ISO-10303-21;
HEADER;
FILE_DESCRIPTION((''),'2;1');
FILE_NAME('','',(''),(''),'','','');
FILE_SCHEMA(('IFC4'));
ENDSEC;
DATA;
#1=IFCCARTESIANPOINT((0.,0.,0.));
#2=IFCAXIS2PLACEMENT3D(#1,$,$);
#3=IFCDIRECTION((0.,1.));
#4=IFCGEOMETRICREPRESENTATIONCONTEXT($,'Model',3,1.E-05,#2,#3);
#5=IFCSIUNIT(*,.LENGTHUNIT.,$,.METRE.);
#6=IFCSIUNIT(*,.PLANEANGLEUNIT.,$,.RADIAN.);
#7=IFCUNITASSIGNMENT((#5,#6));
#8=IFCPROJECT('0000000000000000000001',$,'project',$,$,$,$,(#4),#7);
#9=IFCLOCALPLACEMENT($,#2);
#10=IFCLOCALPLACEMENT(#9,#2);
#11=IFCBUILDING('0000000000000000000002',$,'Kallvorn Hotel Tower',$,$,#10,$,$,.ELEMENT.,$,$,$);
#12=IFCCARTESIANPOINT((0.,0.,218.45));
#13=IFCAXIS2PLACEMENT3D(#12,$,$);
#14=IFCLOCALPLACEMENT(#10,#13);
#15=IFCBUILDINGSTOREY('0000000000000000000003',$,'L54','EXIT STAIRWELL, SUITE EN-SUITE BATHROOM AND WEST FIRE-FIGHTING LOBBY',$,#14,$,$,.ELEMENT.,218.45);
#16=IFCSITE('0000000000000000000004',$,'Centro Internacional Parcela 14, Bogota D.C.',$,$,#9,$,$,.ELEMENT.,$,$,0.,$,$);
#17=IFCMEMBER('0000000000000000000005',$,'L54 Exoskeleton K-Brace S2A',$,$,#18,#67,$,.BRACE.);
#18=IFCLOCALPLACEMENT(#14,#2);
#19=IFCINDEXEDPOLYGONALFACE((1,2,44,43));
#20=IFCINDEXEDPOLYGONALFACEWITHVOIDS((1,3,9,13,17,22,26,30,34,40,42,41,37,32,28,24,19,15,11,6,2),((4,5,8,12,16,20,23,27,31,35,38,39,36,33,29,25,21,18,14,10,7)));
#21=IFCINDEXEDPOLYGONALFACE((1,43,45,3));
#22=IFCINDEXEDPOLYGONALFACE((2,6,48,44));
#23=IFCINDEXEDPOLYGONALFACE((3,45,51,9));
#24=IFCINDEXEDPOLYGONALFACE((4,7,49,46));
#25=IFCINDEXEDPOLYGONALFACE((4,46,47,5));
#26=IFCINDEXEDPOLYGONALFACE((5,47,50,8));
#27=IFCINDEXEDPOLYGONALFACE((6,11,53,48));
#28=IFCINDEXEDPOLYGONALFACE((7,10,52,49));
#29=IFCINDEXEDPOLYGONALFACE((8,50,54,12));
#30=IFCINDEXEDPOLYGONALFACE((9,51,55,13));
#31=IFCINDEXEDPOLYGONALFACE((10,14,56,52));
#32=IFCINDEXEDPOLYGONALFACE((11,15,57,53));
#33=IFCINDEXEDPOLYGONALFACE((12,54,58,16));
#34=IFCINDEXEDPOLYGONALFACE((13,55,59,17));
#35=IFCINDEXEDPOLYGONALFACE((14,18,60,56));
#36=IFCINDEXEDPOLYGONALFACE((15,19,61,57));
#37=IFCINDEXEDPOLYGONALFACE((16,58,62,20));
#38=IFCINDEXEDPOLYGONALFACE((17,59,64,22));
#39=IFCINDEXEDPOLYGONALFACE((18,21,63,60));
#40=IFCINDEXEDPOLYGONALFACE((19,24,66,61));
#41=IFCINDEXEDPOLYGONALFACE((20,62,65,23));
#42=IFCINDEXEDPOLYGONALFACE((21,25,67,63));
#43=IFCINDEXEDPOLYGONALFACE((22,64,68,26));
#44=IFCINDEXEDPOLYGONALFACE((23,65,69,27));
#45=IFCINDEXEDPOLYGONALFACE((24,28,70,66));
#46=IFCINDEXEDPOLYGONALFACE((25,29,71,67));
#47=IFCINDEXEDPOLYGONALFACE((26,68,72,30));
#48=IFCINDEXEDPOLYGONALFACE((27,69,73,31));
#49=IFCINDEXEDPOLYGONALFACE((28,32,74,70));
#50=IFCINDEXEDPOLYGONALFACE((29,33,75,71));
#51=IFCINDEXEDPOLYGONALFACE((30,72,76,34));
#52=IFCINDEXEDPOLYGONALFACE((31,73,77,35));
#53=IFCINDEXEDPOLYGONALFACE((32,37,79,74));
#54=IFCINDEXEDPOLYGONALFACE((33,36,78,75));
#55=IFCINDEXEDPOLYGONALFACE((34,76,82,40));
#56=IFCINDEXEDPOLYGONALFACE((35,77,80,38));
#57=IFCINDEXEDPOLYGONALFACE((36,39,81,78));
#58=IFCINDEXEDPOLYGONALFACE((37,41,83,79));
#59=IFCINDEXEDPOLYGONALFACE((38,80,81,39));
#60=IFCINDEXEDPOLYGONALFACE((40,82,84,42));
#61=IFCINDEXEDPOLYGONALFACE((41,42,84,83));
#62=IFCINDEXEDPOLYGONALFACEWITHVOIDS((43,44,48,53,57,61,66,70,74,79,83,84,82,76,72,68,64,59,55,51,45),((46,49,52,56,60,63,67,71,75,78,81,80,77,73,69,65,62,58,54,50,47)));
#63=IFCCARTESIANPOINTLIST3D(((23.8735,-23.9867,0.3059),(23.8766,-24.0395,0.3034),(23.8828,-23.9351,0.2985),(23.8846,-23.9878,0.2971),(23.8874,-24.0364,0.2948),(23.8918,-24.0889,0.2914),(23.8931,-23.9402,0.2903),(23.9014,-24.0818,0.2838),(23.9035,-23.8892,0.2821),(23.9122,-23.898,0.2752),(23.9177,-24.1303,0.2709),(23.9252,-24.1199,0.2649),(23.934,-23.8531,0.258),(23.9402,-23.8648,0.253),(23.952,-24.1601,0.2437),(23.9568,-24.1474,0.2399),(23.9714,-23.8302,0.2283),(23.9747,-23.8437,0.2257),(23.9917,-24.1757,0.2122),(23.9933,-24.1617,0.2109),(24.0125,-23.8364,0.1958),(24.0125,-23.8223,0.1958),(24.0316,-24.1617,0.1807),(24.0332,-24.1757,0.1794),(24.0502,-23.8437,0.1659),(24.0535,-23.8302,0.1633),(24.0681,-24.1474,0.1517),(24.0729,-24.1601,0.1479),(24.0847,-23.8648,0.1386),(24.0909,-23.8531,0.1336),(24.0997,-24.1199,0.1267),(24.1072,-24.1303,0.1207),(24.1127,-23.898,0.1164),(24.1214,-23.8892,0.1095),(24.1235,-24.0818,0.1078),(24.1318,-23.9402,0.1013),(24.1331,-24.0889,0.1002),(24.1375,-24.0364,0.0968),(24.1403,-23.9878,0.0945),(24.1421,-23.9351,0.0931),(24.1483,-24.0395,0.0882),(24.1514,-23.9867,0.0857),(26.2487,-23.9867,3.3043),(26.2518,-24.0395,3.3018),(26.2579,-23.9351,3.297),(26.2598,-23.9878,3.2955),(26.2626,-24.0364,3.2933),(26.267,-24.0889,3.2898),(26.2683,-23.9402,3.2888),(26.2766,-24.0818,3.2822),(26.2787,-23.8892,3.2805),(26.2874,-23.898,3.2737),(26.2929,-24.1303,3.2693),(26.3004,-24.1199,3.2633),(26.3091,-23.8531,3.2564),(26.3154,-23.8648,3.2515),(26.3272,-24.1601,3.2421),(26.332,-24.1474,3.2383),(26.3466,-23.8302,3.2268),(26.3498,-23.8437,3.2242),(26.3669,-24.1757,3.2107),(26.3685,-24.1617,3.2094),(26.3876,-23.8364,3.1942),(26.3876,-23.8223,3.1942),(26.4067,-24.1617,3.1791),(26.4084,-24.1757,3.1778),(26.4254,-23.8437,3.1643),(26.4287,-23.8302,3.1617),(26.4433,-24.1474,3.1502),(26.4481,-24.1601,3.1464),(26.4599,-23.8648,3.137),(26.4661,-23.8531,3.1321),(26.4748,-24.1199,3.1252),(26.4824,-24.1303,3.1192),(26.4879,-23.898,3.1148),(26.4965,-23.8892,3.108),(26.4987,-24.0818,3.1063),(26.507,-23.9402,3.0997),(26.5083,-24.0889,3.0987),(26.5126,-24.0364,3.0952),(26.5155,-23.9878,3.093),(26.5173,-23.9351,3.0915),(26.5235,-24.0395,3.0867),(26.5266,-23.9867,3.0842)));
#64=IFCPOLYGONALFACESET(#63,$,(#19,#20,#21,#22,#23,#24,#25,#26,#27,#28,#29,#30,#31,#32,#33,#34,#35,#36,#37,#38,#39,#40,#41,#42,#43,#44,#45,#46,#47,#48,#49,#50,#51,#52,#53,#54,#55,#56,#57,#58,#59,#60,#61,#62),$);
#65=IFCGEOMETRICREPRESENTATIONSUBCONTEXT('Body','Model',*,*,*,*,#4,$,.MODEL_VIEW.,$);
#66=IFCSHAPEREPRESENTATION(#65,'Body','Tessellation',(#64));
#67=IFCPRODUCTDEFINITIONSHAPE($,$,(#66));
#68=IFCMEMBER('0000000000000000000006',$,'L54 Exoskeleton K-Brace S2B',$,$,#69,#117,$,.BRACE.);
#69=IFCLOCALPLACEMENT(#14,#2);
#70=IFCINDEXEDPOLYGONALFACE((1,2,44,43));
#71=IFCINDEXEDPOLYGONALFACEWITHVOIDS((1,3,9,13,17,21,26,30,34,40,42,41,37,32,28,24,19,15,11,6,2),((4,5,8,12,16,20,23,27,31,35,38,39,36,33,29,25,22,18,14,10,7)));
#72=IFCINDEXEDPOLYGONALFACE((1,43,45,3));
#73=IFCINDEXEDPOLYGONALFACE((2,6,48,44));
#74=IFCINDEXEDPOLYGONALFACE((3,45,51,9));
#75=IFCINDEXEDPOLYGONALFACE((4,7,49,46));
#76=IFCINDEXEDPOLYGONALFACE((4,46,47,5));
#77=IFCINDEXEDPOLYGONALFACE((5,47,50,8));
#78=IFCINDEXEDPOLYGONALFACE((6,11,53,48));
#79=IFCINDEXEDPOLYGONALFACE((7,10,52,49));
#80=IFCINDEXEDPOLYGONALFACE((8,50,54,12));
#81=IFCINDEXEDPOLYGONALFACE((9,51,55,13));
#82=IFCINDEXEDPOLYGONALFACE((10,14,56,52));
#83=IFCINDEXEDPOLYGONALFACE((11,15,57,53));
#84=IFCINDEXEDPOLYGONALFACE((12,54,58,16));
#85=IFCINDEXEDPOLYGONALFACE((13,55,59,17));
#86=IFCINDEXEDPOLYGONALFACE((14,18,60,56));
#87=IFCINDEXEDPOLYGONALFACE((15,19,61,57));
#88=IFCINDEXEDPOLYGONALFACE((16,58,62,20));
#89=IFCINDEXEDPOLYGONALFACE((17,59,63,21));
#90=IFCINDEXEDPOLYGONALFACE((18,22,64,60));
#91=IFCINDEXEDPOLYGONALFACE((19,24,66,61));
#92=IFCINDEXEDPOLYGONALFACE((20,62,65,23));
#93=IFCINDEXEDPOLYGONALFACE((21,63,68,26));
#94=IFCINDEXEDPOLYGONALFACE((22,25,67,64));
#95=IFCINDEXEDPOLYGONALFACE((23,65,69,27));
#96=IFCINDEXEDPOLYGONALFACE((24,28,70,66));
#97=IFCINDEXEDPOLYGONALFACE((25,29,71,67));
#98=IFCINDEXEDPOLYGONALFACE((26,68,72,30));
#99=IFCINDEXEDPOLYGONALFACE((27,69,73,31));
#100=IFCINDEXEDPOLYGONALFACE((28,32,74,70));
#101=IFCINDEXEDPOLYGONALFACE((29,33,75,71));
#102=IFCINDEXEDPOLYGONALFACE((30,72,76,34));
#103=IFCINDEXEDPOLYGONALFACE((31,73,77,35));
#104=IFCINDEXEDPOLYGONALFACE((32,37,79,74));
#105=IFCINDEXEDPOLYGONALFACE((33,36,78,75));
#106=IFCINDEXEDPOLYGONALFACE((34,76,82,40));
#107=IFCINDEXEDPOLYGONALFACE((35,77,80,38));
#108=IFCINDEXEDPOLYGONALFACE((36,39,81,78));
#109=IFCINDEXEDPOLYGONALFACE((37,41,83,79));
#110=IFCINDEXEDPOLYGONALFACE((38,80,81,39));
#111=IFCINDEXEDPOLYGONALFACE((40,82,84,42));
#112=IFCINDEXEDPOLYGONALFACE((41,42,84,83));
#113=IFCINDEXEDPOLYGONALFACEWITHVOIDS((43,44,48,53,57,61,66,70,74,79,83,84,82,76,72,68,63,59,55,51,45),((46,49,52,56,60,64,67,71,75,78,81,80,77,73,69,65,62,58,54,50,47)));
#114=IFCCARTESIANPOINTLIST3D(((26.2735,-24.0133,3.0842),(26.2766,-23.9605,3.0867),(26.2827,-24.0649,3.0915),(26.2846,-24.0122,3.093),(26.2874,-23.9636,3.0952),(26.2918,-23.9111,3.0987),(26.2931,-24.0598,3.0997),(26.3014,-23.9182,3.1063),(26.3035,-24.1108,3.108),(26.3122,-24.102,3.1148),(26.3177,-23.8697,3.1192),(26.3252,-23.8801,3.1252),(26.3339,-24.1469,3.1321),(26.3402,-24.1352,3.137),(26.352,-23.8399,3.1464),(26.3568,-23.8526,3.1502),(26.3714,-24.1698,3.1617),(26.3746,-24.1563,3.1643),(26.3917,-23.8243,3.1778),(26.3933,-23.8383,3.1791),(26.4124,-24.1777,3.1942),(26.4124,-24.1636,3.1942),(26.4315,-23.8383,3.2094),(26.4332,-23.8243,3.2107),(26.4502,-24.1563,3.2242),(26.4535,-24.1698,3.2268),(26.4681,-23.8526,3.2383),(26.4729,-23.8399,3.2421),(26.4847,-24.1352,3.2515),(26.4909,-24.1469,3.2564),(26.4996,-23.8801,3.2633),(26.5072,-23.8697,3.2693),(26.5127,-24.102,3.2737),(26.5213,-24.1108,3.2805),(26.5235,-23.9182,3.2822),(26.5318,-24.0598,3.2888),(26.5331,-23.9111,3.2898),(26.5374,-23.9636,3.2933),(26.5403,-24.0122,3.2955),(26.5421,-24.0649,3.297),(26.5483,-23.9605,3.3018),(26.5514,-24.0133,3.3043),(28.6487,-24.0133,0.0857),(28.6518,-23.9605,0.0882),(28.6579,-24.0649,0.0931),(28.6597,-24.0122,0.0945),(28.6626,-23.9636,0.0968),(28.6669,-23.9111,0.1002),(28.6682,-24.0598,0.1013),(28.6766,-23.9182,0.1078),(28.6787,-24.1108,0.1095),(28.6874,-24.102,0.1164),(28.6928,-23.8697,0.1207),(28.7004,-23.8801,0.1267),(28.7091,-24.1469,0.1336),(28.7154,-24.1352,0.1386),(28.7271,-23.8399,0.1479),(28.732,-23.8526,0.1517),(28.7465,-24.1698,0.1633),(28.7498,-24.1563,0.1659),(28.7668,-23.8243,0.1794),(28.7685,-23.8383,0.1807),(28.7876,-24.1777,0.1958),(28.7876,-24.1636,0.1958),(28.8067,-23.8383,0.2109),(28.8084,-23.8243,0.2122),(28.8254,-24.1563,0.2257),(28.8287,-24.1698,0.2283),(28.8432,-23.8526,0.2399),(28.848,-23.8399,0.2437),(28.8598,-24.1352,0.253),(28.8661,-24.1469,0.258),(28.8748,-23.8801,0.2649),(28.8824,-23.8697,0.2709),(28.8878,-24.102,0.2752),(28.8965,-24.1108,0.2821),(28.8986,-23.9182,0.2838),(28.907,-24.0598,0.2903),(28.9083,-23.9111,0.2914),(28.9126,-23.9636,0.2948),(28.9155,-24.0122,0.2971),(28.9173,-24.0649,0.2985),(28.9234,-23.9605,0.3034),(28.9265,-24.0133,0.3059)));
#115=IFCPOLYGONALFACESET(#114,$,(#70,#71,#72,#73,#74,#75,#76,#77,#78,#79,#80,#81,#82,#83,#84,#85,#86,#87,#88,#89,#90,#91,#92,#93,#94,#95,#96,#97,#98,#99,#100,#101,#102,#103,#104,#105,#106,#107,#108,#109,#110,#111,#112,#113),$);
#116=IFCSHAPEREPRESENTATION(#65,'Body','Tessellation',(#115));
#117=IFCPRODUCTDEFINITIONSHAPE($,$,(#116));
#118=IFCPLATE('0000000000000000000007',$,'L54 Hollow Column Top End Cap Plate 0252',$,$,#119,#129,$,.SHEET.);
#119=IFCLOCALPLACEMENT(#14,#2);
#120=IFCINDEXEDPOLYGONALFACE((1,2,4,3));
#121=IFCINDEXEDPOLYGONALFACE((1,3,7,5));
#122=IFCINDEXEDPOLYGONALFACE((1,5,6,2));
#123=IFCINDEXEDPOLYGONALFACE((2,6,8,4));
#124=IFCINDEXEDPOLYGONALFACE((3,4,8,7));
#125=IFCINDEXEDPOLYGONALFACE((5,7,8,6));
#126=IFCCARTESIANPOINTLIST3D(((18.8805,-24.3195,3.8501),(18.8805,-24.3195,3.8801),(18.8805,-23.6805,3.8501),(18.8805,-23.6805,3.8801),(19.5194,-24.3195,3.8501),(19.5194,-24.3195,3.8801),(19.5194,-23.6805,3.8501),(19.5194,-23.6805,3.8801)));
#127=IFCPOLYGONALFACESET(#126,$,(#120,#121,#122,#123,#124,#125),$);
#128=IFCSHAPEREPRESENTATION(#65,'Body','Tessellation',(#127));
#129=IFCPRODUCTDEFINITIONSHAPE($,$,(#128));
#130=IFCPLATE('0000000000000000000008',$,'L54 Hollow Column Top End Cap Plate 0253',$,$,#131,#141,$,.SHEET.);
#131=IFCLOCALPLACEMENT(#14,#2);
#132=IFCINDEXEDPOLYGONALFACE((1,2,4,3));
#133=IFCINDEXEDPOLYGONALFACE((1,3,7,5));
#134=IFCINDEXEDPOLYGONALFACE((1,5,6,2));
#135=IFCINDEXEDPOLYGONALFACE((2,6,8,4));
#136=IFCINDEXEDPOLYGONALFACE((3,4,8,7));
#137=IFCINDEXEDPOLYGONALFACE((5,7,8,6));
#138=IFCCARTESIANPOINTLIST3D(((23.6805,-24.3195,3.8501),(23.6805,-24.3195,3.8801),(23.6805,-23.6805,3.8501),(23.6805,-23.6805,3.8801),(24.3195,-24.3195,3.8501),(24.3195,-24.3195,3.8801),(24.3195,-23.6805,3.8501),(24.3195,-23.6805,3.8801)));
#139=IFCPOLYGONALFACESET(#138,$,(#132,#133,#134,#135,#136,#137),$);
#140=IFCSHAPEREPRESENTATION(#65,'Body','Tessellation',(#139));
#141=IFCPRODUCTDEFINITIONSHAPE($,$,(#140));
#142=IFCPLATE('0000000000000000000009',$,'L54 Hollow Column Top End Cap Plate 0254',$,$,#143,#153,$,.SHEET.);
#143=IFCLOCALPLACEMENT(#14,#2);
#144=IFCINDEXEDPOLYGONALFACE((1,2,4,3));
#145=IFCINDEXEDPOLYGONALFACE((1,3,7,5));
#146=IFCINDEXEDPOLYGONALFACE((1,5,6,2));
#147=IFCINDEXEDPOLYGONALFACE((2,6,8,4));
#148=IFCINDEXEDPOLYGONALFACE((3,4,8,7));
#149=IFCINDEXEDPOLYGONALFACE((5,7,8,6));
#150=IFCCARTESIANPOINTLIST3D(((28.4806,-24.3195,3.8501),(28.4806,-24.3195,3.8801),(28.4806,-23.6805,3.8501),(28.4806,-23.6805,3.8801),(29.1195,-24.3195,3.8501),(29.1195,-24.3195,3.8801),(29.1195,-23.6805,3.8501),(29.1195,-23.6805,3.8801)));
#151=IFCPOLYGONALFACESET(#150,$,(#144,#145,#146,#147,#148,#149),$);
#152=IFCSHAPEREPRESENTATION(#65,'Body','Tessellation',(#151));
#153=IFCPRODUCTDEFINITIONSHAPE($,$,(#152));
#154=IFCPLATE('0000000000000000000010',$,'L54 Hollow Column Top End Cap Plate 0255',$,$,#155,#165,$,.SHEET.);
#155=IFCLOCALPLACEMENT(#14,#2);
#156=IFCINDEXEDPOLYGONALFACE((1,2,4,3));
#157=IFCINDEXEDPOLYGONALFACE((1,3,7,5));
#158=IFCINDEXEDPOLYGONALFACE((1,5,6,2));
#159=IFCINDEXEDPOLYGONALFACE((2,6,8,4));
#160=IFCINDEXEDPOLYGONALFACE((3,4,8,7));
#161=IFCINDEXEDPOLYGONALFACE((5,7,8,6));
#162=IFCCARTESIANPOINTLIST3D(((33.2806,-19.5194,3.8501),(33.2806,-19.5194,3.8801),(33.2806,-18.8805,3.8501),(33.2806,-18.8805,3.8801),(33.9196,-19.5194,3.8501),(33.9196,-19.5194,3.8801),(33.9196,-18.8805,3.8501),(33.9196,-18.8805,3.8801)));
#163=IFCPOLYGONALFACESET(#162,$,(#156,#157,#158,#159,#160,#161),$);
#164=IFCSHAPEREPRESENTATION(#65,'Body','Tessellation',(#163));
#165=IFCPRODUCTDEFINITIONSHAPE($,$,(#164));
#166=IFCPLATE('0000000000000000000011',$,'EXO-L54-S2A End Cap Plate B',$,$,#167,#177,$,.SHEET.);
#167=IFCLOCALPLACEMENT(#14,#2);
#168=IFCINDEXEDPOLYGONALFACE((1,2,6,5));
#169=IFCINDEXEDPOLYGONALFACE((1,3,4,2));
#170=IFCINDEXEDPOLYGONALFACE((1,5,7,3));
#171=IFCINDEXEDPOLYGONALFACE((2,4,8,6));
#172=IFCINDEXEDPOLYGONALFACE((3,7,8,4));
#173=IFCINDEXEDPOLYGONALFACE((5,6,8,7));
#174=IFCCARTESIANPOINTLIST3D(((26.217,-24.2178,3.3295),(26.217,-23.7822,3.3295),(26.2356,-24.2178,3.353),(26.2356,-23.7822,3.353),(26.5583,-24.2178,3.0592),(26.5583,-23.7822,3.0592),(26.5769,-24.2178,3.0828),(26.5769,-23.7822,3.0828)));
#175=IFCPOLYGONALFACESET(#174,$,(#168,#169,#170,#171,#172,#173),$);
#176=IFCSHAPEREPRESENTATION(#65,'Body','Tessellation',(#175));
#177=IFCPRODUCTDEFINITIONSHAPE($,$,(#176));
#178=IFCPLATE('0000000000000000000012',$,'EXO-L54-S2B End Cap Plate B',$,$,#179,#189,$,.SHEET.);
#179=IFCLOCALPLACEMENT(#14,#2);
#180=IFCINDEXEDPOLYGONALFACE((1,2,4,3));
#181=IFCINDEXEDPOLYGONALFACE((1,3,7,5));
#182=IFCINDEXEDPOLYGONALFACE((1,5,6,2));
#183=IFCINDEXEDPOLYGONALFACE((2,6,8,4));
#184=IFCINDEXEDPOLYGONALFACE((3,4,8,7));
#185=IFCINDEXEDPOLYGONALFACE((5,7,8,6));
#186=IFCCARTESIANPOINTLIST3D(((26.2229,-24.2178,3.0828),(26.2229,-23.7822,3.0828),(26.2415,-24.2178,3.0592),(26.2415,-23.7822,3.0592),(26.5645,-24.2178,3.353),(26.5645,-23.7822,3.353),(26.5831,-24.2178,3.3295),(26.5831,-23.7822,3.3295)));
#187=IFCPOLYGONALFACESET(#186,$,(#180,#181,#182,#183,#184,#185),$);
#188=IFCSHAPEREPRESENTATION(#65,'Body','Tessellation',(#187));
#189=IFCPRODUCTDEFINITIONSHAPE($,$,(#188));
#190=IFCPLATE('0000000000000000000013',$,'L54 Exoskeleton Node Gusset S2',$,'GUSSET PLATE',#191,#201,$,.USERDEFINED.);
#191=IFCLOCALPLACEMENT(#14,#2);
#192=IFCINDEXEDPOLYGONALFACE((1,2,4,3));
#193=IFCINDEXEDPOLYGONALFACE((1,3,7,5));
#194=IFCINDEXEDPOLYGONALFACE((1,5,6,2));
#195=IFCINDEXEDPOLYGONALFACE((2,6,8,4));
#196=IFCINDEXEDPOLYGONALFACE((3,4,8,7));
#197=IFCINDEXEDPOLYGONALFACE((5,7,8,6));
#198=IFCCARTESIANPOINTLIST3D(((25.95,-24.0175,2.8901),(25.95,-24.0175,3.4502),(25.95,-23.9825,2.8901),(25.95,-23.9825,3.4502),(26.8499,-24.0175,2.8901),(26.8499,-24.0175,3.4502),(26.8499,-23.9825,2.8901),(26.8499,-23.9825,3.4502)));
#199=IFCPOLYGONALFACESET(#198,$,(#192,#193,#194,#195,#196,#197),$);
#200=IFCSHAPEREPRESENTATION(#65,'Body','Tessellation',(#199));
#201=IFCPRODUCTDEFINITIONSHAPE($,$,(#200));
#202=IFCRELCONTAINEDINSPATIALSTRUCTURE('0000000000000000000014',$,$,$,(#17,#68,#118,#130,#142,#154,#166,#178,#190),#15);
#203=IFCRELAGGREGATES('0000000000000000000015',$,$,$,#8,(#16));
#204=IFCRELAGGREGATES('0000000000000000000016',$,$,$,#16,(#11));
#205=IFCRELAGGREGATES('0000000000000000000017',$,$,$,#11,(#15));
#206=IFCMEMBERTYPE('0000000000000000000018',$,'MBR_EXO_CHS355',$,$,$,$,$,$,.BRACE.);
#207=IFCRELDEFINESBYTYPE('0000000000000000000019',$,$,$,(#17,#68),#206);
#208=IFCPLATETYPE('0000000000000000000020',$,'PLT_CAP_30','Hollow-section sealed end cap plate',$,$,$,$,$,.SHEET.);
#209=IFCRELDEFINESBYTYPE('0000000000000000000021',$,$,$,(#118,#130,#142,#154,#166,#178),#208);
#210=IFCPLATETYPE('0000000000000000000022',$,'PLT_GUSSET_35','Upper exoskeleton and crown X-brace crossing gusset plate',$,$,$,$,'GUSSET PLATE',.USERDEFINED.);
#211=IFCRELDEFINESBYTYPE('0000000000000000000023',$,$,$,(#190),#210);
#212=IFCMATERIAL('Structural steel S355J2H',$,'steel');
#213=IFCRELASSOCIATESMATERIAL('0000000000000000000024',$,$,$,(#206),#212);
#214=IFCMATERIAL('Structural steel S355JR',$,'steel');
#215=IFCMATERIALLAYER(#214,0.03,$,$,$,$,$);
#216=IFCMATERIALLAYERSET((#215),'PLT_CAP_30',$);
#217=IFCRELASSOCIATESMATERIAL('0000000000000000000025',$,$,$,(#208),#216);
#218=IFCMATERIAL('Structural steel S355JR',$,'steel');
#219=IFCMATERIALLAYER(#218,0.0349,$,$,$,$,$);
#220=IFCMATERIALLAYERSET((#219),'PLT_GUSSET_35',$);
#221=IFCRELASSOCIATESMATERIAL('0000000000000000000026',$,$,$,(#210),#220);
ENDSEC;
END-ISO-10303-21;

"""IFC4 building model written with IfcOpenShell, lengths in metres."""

from ifc_helpers import new_model, si_unit, direction, frame, origin, origin_2d, place, context, subcontext, project, spatial, polyline, rectangle, hollow_circle, outline, extrude, material, layer, layer_set, material_profile, profile_set, type_object, element, save


model = new_model("IFC4")

# Units and contexts
model_context = context("Model", 3, precision=1e-05, world=origin(), true_north=direction((0.0, 1.0)))
body_context = subcontext(model_context, "Body", "Model", "MODEL_VIEW")
ifc_project = project(units=[si_unit("LENGTHUNIT", "METRE"), si_unit("PLANEANGLEUNIT", "RADIAN")], contexts=[model_context])

# Site, building, storey
site_placement = place(None, origin())
site = spatial("IfcSite", under=ifc_project, at=site_placement, Name="Centro Internacional Parcela 14, Bogota D.C.", CompositionType="ELEMENT", RefElevation=0.0)
building_placement = place(site_placement, origin())
building = spatial("IfcBuilding", under=site, at=building_placement, Name="Kallvorn Hotel Tower", CompositionType="ELEMENT")
storey_placement = place(building_placement, frame((0.0, 0.0, 218.45)))
storey = spatial("IfcBuildingStorey", under=building, at=storey_placement, Name="L54", Description="EXIT STAIRWELL, SUITE EN-SUITE BATHROOM AND WEST FIRE-FIGHTING LOBBY", CompositionType="ELEMENT", Elevation=218.45)

# Members
ifc_material_1 = material(Name="Structural steel S355J2H", Category="steel")
ifc_material_profile_1 = material_profile(ifc_material_1, hollow_circle(Radius=0.1777, WallThickness=0.0142, at=origin_2d()), Name="CHS 355.6x14.2")
ifc_profile_set_1 = profile_set([ifc_material_profile_1], Name="Structural steel S355J2H")
member_type = type_object("IfcMemberType", Name="MBR_EXO_CHS355", PredefinedType="BRACE", material=ifc_profile_set_1)
for number, where, z_axis, x_axis, name in (
    (1, (24.0125, -24.0, 0.1958), (0.620929, 0.0, 0.783867), (0.0, 1.0, 0.0), "L54 Exoskeleton K-Brace S2A"),
    (2, (28.7876, -24.0, 0.1958), (-0.620929, 0.0, 0.783867), (0.0, -1.0, 0.0), "L54 Exoskeleton K-Brace S2B"),
):
    element("IfcMember", number, at=place(storey_placement, frame(where, z_axis=z_axis, x_axis=x_axis)), inside=storey, type_object=member_type, Name=name, PredefinedType="BRACE", context=body_context, shape_type="SweptSolid", body=[
        extrude(hollow_circle(Radius=0.1777, WallThickness=0.0142, at=origin_2d()), origin(), (0.0, 0.0, 1.0), 3.8252),
    ])

# Plates
ifc_material_2 = material(Name="Structural steel S355JR", Category="steel")
ifc_layer_1 = layer(ifc_material_2, 0.03)
ifc_layer_set_1 = layer_set([ifc_layer_1], Name="PLT_CAP_30")
plate_type_1 = type_object("IfcPlateType", Name="PLT_CAP_30", Description="Hollow-section sealed end cap plate", PredefinedType="SHEET", material=ifc_layer_set_1)
for number, where, z_axis, x_axis, name in (
    (3, (19.2, -24.0, 3.8501), (0.0, 0.0, 1.0), (1.0, 0.0, 0.0), "L54 Hollow Column Top End Cap Plate 0252"),
    (4, (24.0, -24.0, 3.8501), (0.0, 0.0, 1.0), (1.0, 0.0, 0.0), "L54 Hollow Column Top End Cap Plate 0253"),
    (5, (28.8, -24.0, 3.8501), (0.0, 0.0, 1.0), (1.0, 0.0, 0.0), "L54 Hollow Column Top End Cap Plate 0254"),
    (6, (33.6001, -19.2, 3.8501), (0.0, 0.0, 1.0), (1.0, 0.0, 0.0), "L54 Hollow Column Top End Cap Plate 0255"),
):
    element("IfcPlate", number, at=place(storey_placement, frame(where, z_axis=z_axis, x_axis=x_axis)), inside=storey, type_object=plate_type_1, Name=name, PredefinedType="SHEET", context=body_context, shape_type="SweptSolid", body=[
        extrude(rectangle(XDim=0.6389, YDim=0.6389, at=origin_2d()), origin(), (0.0, 0.0, 1.0), 0.03),
    ])
plate_1_placement = place(storey_placement, frame((26.5769, -24.2178, 3.0828), z_axis=(0.620789, 0.0, 0.783978), x_axis=(0.0, 1.0, 0.0)))
element("IfcPlate", 7, at=plate_1_placement, inside=storey, type_object=plate_type_1, Name="EXO-L54-S2A End Cap Plate B", PredefinedType="SHEET", context=body_context, shape_type="SweptSolid", body=[
    extrude(outline(polyline([(0.0, 0.0), (0.4355, 0.0), (0.4355, 0.4354), (0.0, 0.4354), (0.0, 0.0)])), origin(), (0.0, 0.0, -1.0), 0.03),
])
plate_2_placement = place(storey_placement, frame((26.2229, -23.7822, 3.0828), z_axis=(-0.620516, 0.0, 0.784194), x_axis=(0.0, -1.0, 0.0)))
element("IfcPlate", 8, at=plate_2_placement, inside=storey, type_object=plate_type_1, Name="EXO-L54-S2B End Cap Plate B", PredefinedType="SHEET", context=body_context, shape_type="SweptSolid", body=[
    extrude(outline(polyline([(0.0, 0.0), (0.4355, 0.0), (0.4355, 0.4355), (0.0, 0.4355), (0.0, 0.0)])), origin(), (0.0, 0.0, -1.0), 0.03),
])
ifc_material_3 = material(Name="Structural steel S355JR", Category="steel")
ifc_layer_2 = layer(ifc_material_3, 0.0349)
ifc_layer_set_2 = layer_set([ifc_layer_2], Name="PLT_GUSSET_35")
plate_type_2 = type_object("IfcPlateType", Name="PLT_GUSSET_35", Description="Upper exoskeleton and crown X-brace crossing gusset plate", ElementType="GUSSET PLATE", PredefinedType="USERDEFINED", material=ifc_layer_set_2)
plate_3_placement = place(storey_placement, frame((26.3999, -24.0, 2.8901), z_axis=(0.0, 0.0, 1.0), x_axis=(1.0, 0.0, 0.0)))
element("IfcPlate", 9, at=plate_3_placement, inside=storey, type_object=plate_type_2, Name="L54 Exoskeleton Node Gusset S2", ObjectType="GUSSET PLATE", PredefinedType="USERDEFINED", context=body_context, shape_type="SweptSolid", body=[
    extrude(rectangle(XDim=0.8999, YDim=0.0349, at=origin_2d()), origin(), (0.0, 0.0, 1.0), 0.5601),
])

save(model, "model.ifc")
